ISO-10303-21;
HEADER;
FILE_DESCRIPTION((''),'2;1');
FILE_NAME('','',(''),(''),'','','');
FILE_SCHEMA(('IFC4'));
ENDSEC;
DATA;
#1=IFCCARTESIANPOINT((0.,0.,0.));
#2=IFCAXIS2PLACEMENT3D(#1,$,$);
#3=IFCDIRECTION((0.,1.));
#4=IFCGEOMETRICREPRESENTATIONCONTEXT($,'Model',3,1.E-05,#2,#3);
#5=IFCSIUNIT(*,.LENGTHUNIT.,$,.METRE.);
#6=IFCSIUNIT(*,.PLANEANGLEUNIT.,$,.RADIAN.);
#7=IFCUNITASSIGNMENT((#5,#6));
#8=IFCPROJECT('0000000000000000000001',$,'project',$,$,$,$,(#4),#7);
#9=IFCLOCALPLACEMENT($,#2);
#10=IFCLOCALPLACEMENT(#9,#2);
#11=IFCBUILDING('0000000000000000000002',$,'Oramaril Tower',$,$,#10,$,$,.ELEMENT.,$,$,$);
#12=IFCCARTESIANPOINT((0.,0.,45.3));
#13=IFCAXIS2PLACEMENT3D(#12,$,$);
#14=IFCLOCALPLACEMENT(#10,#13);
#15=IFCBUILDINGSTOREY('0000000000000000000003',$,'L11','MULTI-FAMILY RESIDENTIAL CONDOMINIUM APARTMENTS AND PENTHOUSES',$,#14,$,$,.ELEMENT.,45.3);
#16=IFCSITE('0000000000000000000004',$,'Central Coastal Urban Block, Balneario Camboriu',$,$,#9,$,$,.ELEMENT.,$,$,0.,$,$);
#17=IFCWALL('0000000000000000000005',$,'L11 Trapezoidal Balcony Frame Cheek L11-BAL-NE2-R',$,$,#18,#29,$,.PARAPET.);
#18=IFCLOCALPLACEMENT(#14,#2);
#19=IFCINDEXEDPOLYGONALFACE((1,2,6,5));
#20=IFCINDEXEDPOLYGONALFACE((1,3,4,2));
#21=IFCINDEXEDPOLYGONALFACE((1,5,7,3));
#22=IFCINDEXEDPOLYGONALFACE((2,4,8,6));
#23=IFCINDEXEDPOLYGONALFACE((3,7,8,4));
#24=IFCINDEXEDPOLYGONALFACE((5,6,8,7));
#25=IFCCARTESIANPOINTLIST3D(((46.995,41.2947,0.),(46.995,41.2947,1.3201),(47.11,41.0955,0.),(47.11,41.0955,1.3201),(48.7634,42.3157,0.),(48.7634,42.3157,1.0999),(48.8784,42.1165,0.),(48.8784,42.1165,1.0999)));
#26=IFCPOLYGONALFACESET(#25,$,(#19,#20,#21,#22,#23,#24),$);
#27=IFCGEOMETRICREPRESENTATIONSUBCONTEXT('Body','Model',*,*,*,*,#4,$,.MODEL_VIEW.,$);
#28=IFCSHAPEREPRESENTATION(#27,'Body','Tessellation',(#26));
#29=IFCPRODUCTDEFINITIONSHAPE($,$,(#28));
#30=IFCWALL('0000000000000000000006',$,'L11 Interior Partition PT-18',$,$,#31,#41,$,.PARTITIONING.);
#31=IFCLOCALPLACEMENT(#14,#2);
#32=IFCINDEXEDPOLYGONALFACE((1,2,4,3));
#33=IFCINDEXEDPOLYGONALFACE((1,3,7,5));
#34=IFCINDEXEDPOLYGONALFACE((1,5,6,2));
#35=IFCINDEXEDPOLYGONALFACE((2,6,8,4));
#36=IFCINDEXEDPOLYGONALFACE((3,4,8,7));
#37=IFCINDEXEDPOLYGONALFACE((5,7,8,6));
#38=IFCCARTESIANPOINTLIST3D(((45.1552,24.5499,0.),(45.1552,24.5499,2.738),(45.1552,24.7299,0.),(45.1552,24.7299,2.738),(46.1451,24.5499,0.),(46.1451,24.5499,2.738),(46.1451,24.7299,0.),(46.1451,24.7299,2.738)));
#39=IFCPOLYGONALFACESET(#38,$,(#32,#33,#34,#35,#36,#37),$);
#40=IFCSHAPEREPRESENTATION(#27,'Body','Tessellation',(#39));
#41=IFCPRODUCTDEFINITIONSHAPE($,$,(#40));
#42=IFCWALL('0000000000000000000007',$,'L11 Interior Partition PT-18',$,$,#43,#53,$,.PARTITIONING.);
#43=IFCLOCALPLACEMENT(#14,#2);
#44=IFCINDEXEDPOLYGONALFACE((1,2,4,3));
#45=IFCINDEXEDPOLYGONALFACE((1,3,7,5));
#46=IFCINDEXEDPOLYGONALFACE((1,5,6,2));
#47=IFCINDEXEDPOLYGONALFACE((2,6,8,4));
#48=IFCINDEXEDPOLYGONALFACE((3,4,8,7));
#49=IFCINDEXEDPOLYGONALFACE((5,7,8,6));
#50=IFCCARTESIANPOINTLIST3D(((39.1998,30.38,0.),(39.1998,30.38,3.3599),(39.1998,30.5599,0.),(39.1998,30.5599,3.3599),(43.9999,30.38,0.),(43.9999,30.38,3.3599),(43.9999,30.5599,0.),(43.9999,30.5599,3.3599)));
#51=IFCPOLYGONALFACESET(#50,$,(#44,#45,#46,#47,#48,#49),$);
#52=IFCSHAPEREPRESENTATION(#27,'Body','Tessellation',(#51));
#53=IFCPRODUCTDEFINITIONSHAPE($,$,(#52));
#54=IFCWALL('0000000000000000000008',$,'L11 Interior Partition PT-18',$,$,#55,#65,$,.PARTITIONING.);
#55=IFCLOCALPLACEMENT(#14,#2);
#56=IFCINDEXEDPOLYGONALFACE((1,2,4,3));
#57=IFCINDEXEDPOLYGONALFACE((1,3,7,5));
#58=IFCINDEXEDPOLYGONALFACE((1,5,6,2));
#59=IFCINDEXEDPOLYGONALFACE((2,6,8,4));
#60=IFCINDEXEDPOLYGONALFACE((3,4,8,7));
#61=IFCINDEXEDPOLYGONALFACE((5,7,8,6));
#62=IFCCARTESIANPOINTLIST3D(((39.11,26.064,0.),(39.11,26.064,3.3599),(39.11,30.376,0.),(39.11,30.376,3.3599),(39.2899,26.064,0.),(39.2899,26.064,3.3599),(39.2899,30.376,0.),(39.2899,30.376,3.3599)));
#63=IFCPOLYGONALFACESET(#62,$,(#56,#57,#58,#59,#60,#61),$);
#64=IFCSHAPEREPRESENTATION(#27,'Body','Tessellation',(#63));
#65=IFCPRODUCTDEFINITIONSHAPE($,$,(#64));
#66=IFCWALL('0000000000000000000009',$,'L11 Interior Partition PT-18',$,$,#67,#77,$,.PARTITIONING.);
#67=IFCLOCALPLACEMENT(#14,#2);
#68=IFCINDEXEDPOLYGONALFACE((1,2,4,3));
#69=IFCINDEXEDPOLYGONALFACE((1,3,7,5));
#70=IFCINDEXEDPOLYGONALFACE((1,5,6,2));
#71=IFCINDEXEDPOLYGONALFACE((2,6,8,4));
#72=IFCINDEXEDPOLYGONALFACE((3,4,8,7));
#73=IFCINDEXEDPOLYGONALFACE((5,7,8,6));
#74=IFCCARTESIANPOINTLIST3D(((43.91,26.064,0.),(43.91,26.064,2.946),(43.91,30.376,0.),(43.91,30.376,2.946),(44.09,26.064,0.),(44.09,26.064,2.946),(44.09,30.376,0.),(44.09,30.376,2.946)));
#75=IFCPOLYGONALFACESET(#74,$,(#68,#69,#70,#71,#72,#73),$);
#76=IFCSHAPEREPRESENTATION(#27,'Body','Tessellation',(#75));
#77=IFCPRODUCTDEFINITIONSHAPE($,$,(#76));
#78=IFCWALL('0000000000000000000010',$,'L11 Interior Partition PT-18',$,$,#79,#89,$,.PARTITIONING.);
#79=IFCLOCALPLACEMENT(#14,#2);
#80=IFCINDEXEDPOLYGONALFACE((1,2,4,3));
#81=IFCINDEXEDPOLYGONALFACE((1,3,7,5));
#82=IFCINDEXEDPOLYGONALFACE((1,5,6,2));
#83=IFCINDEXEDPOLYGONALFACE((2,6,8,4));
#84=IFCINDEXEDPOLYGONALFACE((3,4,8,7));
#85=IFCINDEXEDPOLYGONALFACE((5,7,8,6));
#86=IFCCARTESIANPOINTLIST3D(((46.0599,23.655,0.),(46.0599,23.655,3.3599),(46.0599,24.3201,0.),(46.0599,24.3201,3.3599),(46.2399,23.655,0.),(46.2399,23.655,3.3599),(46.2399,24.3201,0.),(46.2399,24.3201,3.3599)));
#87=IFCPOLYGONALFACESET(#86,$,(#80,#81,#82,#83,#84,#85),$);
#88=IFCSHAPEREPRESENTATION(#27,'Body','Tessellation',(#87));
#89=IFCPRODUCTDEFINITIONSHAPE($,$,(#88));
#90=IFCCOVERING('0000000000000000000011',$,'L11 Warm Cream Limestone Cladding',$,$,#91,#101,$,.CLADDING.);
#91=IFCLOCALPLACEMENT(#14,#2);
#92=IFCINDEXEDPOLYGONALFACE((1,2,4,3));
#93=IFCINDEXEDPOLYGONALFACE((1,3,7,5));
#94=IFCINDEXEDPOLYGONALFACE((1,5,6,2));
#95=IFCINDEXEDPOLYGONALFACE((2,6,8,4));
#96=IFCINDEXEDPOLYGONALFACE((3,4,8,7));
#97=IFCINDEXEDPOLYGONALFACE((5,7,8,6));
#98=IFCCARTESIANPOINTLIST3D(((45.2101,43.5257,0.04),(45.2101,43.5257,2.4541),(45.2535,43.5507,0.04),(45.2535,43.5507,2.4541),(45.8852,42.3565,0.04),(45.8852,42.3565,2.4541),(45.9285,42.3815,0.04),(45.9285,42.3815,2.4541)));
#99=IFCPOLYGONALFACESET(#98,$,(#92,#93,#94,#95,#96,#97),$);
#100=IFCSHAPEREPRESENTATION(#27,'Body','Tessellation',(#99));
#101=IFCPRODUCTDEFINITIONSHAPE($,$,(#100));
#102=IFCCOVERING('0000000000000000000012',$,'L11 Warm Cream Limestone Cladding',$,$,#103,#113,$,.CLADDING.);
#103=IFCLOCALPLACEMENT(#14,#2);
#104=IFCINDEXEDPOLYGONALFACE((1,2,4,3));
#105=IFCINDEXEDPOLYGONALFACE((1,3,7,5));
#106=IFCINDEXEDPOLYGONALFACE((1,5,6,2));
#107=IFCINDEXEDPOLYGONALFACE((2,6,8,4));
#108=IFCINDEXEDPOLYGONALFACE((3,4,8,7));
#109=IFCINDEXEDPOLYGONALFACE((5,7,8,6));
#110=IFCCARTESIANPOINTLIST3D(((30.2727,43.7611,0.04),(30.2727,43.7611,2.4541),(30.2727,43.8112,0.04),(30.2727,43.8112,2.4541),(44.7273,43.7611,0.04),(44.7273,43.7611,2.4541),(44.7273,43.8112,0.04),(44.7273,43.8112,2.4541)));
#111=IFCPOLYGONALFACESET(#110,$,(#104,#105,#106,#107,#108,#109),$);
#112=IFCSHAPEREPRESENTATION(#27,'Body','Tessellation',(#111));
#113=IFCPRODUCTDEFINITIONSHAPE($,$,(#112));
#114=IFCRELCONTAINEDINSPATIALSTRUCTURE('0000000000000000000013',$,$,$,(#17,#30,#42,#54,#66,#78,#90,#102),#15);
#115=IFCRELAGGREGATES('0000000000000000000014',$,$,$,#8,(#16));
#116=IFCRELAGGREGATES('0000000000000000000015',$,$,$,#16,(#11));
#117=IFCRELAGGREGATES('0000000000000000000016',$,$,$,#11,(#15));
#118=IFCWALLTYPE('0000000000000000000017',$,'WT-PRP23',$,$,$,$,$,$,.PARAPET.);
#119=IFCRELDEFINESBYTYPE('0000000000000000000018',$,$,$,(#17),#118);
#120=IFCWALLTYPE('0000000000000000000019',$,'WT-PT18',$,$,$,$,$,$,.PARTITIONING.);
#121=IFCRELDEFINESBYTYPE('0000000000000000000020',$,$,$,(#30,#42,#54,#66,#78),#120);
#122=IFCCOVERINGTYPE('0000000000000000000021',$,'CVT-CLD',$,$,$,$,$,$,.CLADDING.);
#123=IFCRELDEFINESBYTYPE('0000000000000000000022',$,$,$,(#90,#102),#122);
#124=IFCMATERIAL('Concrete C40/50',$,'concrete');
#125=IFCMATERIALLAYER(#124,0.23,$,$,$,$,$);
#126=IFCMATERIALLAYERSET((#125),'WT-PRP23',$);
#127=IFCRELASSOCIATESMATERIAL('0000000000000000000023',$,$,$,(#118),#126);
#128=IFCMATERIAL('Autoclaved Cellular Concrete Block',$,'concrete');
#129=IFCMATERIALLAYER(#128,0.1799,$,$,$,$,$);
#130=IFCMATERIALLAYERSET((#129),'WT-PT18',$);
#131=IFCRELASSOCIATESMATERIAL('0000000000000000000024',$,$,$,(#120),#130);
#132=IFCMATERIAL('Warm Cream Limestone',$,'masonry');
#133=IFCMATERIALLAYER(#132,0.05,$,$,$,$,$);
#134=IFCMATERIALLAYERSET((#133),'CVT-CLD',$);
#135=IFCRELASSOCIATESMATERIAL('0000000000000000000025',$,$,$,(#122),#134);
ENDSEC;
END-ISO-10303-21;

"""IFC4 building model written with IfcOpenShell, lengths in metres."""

from ifc_helpers import new_model, si_unit, direction, frame, frame_2d, origin, origin_2d, place, context, subcontext, project, spatial, polyline, rectangle, outline, extrude, material, layer, layer_set, type_object, element, save


model = new_model("IFC4")

# Units and contexts
model_context = context("Model", 3, precision=1e-05, world=origin(), true_north=direction((0.0, 1.0)))
body_context = subcontext(model_context, "Body", "Model", "MODEL_VIEW")
ifc_project = project(units=[si_unit("LENGTHUNIT", "METRE"), si_unit("PLANEANGLEUNIT", "RADIAN")], contexts=[model_context])

# Site, building, storey
site_placement = place(None, origin())
site = spatial("IfcSite", under=ifc_project, at=site_placement, Name="Central Coastal Urban Block, Balneario Camboriu", CompositionType="ELEMENT", RefElevation=0.0)
building_placement = place(site_placement, origin())
building = spatial("IfcBuilding", under=site, at=building_placement, Name="Oramaril Tower", CompositionType="ELEMENT")
storey_placement = place(building_placement, frame((0.0, 0.0, 45.3)))
storey = spatial("IfcBuildingStorey", under=building, at=storey_placement, Name="L11", Description="MULTI-FAMILY RESIDENTIAL CONDOMINIUM APARTMENTS AND PENTHOUSES", CompositionType="ELEMENT", Elevation=45.3)

# Walls
ifc_material_1 = material(Name="Concrete C40/50", Category="concrete")
ifc_layer_1 = layer(ifc_material_1, 0.23)
ifc_layer_set_1 = layer_set([ifc_layer_1], Name="WT-PRP23")
wall_type_1 = type_object("IfcWallType", Name="WT-PRP23", PredefinedType="PARAPET", material=ifc_layer_set_1)
wall_1_placement = place(storey_placement, frame((47.0525, 41.1951, 0.0), z_axis=(0.0, 0.0, 1.0), x_axis=(0.866012, 0.500023, 0.0)))
element("IfcWall", 1, at=wall_1_placement, inside=storey, type_object=wall_type_1, Name="L11 Trapezoidal Balcony Frame Cheek L11-BAL-NE2-R", PredefinedType="PARAPET", context=body_context, shape_type="SweptSolid", body=[
    extrude(outline(polyline([(0.0, 0.0), (2.042, 0.0), (2.042, 1.0999), (0.0, 1.3201), (0.0, 0.0)])), frame((0.0, 0.115, 0.0), z_axis=(0.0, -1.0, 0.0), x_axis=(1.0, 0.0, 0.0)), (0.0, 0.0, 1.0), 0.23),
])
ifc_material_2 = material(Name="Autoclaved Cellular Concrete Block", Category="concrete")
ifc_layer_2 = layer(ifc_material_2, 0.1799)
ifc_layer_set_2 = layer_set([ifc_layer_2], Name="WT-PT18")
wall_type_2 = type_object("IfcWallType", Name="WT-PT18", PredefinedType="PARTITIONING", material=ifc_layer_set_2)
wall_2_placement = place(storey_placement, frame((45.155, 24.6399, 0.0), z_axis=(0.0, 0.0, 1.0), x_axis=(1.0, 0.0, 0.0)))
element("IfcWall", 2, at=wall_2_placement, inside=storey, type_object=wall_type_2, Name="L11 Interior Partition PT-18", PredefinedType="PARTITIONING", context=body_context, shape_type="SweptSolid", body=[
    extrude(rectangle(XDim=0.99, YDim=0.1799, at=frame_2d((0.4951, 0.0))), origin(), (0.0, 0.0, 1.0), 2.738),
])
wall_3_placement = place(storey_placement, frame((39.2, 30.47, 0.0), z_axis=(0.0, 0.0, 1.0), x_axis=(1.0, 0.0, 0.0)))
element("IfcWall", 3, at=wall_3_placement, inside=storey, type_object=wall_type_2, Name="L11 Interior Partition PT-18", PredefinedType="PARTITIONING", context=body_context, shape_type="SweptSolid", body=[
    extrude(rectangle(XDim=4.8, YDim=0.1799, at=frame_2d((2.3999, 0.0))), origin(), (0.0, 0.0, 1.0), 3.3599),
])
wall_4_placement = place(storey_placement, frame((39.2, 26.064, 0.0), z_axis=(0.0, 0.0, 1.0), x_axis=(0.0, 1.0, 0.0)))
element("IfcWall", 4, at=wall_4_placement, inside=storey, type_object=wall_type_2, Name="L11 Interior Partition PT-18", PredefinedType="PARTITIONING", context=body_context, shape_type="SweptSolid", body=[
    extrude(rectangle(XDim=4.312, YDim=0.1799, at=frame_2d((2.156, 0.0))), origin(), (0.0, 0.0, 1.0), 3.3599),
])
wall_5_placement = place(storey_placement, frame((44.0, 26.064, 0.0), z_axis=(0.0, 0.0, 1.0), x_axis=(0.0, 1.0, 0.0)))
element("IfcWall", 5, at=wall_5_placement, inside=storey, type_object=wall_type_2, Name="L11 Interior Partition PT-18", PredefinedType="PARTITIONING", context=body_context, shape_type="SweptSolid", body=[
    extrude(rectangle(XDim=4.312, YDim=0.1799, at=frame_2d((2.156, 0.0))), origin(), (0.0, 0.0, 1.0), 2.946),
])
wall_6_placement = place(storey_placement, frame((46.1499, 23.655, 0.0), z_axis=(0.0, 0.0, 1.0), x_axis=(0.0, 1.0, 0.0)))
element("IfcWall", 6, at=wall_6_placement, inside=storey, type_object=wall_type_2, Name="L11 Interior Partition PT-18", PredefinedType="PARTITIONING", context=body_context, shape_type="SweptSolid", body=[
    extrude(rectangle(XDim=0.665, YDim=0.1799, at=frame_2d((0.3325, 0.0))), origin(), (0.0, 0.0, 1.0), 3.3599),
])

# Coverings
ifc_material_3 = material(Name="Warm Cream Limestone", Category="masonry")
ifc_layer_3 = layer(ifc_material_3, 0.05)
ifc_layer_set_3 = layer_set([ifc_layer_3], Name="CVT-CLD")
covering_type = type_object("IfcCoveringType", Name="CVT-CLD", PredefinedType="CLADDING", material=ifc_layer_set_3)
covering_1_placement = place(storey_placement, frame((45.5693, 42.9536, 0.04), z_axis=(0.0, 0.0, 1.0), x_axis=(-0.500002, 0.866025, 0.0)))
element("IfcCovering", 7, at=covering_1_placement, inside=storey, type_object=covering_type, Name="L11 Warm Cream Limestone Cladding", PredefinedType="CLADDING", context=body_context, shape_type="SweptSolid", body=[
    extrude(rectangle(XDim=1.3501, YDim=0.05, at=origin_2d()), origin(), (0.0, 0.0, 1.0), 2.4141),
])
covering_2_placement = place(storey_placement, frame((37.5, 43.7861, 0.04), z_axis=(0.0, 0.0, 1.0), x_axis=(-1.0, 0.0, 0.0)))
element("IfcCovering", 8, at=covering_2_placement, inside=storey, type_object=covering_type, Name="L11 Warm Cream Limestone Cladding", PredefinedType="CLADDING", context=body_context, shape_type="SweptSolid", body=[
    extrude(rectangle(XDim=14.4546, YDim=0.05, at=origin_2d()), origin(), (0.0, 0.0, 1.0), 2.4141),
])

save(model, "model.ifc")
